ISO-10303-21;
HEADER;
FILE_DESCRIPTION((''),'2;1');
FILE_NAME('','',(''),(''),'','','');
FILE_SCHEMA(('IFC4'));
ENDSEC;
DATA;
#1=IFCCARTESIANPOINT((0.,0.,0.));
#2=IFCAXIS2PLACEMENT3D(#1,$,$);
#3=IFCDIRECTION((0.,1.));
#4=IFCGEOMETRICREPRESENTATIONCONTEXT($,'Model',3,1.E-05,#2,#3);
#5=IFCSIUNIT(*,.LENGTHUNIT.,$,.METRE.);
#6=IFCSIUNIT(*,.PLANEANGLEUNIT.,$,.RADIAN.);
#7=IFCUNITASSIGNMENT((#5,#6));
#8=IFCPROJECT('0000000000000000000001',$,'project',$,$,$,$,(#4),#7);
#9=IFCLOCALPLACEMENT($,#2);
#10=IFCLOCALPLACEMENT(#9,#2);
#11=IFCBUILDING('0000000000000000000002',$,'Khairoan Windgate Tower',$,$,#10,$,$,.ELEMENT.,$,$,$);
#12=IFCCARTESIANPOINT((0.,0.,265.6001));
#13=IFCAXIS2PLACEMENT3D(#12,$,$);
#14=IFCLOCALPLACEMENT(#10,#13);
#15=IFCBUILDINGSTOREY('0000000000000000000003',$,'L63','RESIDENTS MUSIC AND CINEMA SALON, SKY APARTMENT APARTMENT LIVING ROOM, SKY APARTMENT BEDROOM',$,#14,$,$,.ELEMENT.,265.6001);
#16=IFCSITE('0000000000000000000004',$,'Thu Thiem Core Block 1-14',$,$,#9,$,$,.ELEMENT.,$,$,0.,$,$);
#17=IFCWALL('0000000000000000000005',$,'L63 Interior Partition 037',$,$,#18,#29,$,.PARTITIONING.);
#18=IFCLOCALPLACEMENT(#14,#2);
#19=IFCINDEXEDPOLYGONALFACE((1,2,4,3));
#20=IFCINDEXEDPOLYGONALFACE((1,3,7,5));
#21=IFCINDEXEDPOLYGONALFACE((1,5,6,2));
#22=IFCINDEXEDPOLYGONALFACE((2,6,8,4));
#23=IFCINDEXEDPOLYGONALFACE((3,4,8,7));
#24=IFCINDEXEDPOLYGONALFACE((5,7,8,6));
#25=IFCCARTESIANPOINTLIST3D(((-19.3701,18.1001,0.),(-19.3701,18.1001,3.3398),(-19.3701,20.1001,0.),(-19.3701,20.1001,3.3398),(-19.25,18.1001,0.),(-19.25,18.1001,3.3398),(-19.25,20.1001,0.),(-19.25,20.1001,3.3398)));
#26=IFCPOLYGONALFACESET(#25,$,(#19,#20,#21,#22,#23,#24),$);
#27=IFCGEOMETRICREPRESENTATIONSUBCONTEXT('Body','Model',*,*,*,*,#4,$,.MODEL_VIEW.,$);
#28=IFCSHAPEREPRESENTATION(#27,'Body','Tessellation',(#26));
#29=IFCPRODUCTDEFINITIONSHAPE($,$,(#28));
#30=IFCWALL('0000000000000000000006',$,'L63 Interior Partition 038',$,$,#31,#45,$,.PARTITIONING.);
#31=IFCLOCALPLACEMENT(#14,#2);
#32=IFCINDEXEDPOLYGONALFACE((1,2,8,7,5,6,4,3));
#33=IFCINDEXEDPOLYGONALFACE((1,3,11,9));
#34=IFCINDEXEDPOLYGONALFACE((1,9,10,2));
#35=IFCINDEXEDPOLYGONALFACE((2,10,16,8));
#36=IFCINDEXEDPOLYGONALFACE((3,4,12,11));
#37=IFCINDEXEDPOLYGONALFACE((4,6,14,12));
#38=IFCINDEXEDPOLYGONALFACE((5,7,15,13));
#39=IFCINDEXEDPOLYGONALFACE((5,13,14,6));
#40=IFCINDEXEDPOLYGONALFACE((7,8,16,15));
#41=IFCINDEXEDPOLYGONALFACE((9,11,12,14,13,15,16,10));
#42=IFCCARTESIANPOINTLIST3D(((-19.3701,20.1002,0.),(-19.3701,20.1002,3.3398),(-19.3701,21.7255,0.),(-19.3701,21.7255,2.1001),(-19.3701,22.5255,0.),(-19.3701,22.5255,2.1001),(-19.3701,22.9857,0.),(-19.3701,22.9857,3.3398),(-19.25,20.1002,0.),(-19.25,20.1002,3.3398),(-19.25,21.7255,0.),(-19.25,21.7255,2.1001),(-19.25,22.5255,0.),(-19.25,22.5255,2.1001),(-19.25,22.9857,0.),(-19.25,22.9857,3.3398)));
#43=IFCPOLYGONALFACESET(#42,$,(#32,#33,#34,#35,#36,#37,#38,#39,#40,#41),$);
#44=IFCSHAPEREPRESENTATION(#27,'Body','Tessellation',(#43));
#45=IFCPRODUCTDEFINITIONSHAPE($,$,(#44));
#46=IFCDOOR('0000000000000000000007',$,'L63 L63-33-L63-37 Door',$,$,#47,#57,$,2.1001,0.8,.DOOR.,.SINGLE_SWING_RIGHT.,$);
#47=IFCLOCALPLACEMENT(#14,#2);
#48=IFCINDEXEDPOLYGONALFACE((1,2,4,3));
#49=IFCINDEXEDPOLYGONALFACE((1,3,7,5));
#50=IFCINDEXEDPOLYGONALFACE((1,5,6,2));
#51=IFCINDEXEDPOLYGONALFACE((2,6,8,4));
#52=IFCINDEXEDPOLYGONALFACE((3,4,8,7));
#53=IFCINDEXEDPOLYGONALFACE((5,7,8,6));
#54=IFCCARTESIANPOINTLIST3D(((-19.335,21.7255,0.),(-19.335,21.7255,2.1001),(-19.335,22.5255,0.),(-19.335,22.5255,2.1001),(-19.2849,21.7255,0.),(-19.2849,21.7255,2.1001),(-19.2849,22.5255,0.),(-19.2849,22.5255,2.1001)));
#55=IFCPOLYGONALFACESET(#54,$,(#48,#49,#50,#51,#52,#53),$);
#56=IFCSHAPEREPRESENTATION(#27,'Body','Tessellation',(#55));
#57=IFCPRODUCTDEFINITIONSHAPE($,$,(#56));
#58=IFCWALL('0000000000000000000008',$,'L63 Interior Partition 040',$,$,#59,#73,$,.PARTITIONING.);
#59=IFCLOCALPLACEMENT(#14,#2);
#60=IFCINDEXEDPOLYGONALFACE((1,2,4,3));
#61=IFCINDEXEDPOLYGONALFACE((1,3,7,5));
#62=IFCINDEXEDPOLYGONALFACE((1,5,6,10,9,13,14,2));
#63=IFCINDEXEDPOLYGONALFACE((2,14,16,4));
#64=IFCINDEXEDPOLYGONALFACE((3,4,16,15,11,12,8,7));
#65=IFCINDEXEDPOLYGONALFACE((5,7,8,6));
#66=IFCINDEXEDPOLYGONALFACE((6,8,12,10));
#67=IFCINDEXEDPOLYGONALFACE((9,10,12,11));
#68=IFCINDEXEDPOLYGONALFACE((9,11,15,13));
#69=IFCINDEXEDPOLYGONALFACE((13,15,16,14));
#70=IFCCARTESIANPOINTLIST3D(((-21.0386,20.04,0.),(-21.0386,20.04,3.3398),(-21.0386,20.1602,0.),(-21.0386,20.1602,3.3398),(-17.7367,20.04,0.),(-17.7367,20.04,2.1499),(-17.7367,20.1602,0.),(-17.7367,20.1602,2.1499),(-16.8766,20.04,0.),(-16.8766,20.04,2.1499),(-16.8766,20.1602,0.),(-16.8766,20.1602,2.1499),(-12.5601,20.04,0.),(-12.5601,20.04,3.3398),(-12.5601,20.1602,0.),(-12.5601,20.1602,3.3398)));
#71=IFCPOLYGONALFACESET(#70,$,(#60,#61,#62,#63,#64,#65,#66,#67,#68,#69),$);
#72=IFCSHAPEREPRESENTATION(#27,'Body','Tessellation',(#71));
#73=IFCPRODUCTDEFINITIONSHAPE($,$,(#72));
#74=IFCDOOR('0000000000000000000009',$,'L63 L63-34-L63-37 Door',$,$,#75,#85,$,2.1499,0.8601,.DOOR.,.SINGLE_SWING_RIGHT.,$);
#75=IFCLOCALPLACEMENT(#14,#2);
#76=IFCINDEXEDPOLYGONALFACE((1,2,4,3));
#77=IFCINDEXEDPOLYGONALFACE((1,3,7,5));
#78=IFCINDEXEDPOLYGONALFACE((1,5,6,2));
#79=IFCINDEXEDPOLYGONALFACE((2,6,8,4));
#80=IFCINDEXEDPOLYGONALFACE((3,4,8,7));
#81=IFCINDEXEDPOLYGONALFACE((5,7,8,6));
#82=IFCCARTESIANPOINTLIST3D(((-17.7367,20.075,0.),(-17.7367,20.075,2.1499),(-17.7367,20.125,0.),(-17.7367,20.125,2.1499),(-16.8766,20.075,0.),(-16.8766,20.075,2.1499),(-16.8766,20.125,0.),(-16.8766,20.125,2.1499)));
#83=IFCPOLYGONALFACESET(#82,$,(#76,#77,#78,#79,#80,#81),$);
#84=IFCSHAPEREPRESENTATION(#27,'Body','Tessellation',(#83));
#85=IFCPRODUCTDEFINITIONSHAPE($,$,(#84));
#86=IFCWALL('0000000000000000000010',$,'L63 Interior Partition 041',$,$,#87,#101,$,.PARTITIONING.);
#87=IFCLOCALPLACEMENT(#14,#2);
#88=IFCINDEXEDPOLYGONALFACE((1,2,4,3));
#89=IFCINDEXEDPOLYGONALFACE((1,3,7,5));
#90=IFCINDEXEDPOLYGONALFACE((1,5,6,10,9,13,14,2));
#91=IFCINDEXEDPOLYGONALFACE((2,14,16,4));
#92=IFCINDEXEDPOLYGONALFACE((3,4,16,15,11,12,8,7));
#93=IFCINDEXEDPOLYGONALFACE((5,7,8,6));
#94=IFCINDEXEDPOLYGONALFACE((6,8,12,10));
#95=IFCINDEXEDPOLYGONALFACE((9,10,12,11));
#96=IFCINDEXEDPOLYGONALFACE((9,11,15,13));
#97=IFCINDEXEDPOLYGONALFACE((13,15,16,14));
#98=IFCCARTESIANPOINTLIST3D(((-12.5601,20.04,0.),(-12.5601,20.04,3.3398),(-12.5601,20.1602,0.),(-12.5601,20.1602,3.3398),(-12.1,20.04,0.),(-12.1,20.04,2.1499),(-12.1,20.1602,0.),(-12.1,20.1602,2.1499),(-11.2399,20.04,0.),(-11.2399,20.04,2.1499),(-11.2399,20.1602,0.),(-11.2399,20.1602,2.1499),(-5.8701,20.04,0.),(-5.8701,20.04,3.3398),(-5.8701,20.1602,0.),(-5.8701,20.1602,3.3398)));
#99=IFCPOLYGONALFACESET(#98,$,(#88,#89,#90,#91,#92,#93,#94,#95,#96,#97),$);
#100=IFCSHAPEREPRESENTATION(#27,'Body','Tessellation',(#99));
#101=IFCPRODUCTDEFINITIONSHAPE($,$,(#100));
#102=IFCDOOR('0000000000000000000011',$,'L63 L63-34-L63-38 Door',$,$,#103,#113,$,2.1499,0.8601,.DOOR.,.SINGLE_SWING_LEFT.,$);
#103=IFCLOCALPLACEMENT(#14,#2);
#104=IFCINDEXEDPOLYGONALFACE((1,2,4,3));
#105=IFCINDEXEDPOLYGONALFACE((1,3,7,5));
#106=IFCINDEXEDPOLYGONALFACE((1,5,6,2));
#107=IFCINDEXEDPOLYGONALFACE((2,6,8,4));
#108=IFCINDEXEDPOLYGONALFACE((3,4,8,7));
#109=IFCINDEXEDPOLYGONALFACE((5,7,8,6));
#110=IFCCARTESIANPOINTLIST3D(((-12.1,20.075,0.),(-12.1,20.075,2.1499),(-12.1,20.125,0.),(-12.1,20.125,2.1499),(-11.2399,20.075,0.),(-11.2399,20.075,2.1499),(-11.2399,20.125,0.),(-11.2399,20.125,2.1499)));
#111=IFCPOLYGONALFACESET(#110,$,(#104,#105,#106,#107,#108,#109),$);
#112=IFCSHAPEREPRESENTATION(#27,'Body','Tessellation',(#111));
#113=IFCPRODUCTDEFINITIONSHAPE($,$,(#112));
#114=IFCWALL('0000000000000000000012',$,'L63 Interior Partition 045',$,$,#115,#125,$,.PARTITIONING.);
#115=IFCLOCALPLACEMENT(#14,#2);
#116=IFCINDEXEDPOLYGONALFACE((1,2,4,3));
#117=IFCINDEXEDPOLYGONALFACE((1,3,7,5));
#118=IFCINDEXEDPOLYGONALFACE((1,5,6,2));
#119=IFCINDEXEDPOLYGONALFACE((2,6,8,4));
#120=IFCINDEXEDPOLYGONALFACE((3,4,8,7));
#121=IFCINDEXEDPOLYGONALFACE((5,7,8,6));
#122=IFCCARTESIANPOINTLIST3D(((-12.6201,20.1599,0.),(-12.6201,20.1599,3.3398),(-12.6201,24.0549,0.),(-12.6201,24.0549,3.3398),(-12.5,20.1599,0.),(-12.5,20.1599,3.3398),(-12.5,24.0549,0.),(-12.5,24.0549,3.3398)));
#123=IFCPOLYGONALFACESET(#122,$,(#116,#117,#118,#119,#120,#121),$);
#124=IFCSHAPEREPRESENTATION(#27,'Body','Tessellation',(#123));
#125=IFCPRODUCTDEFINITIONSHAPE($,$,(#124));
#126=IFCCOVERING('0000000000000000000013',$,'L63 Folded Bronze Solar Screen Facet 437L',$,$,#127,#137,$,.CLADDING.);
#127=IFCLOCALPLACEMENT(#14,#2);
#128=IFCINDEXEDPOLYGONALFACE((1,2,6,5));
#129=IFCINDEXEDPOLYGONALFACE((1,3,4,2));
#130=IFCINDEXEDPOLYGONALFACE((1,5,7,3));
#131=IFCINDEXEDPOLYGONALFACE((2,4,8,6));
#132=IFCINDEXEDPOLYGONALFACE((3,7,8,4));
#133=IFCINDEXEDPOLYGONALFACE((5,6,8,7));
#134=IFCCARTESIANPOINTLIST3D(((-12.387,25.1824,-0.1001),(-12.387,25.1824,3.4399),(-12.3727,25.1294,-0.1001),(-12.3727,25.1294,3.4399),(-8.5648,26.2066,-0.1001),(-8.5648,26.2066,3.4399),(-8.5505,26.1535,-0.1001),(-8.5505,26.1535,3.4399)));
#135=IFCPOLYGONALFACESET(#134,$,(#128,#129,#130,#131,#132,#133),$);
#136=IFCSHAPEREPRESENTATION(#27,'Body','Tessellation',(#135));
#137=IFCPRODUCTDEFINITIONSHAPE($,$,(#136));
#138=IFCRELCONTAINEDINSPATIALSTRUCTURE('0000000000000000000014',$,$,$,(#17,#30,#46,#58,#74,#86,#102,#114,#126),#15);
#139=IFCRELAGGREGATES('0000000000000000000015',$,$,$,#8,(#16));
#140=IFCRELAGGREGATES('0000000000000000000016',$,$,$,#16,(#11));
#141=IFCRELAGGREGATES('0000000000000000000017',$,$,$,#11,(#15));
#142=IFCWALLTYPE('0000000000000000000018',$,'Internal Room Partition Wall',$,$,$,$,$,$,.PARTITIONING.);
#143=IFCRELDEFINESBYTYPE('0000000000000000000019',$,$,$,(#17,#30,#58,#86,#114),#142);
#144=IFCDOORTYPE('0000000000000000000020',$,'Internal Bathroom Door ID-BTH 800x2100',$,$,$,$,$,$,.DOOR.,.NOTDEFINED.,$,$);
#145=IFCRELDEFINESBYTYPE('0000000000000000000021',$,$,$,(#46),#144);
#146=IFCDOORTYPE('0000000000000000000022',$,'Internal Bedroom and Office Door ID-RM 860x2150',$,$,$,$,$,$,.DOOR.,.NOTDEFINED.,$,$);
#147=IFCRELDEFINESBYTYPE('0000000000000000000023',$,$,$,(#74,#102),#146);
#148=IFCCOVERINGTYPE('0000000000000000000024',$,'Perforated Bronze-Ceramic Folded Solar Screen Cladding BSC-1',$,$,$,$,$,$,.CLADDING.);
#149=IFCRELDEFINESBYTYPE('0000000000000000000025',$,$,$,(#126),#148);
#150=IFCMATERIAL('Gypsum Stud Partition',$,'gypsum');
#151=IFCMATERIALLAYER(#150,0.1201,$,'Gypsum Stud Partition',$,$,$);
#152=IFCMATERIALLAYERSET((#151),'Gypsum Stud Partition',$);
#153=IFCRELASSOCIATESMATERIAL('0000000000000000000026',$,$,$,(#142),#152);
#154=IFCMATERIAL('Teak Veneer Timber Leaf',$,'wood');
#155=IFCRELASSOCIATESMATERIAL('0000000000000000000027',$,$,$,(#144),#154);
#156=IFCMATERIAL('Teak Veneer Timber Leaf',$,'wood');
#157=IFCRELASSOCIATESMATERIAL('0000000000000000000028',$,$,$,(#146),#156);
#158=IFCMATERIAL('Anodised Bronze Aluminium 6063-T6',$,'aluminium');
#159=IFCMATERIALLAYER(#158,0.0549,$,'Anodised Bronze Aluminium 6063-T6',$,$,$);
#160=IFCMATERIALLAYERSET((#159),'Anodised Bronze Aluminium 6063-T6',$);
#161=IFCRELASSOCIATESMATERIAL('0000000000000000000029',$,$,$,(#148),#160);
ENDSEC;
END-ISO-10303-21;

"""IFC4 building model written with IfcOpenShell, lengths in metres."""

from ifc_helpers import new_model, si_unit, direction, frame, frame_2d, origin, origin_2d, place, context, subcontext, project, spatial, rectangle, extrude, material, layer, layer_set, type_object, element, fill, save


model = new_model("IFC4")

# Units and contexts
model_context = context("Model", 3, precision=1e-05, world=origin(), true_north=direction((0.0, 1.0)))
body_context = subcontext(model_context, "Body", "Model", "MODEL_VIEW")
ifc_project = project(units=[si_unit("LENGTHUNIT", "METRE"), si_unit("PLANEANGLEUNIT", "RADIAN")], contexts=[model_context])

# Site, building, storey
site_placement = place(None, origin())
site = spatial("IfcSite", under=ifc_project, at=site_placement, Name="Thu Thiem Core Block 1-14", CompositionType="ELEMENT", RefElevation=0.0)
building_placement = place(site_placement, origin())
building = spatial("IfcBuilding", under=site, at=building_placement, Name="Khairoan Windgate Tower", CompositionType="ELEMENT")
storey_placement = place(building_placement, frame((0.0, 0.0, 265.6001)))
storey = spatial("IfcBuildingStorey", under=building, at=storey_placement, Name="L63", Description="RESIDENTS MUSIC AND CINEMA SALON, SKY APARTMENT APARTMENT LIVING ROOM, SKY APARTMENT BEDROOM", CompositionType="ELEMENT", Elevation=265.6001)

# Wall
ifc_material_1 = material(Name="Gypsum Stud Partition", Category="gypsum")
ifc_layer_1 = layer(ifc_material_1, 0.1201, Name="Gypsum Stud Partition")
ifc_layer_set_1 = layer_set([ifc_layer_1], Name="Gypsum Stud Partition")
wall_type_1 = type_object("IfcWallType", Name="Internal Room Partition Wall", PredefinedType="PARTITIONING", material=ifc_layer_set_1)
wall_1_placement = place(storey_placement, frame((-19.3101, 18.1001, 0.0), z_axis=(0.0, 0.0, 1.0), x_axis=(0.0, 1.0, 0.0)))
element("IfcWall", 1, at=wall_1_placement, inside=storey, type_object=wall_type_1, Name="L63 Interior Partition 037", PredefinedType="PARTITIONING", context=body_context, shape_type="SweptSolid", body=[
    extrude(rectangle(XDim=2.0, YDim=0.1201, at=frame_2d((1.0, 0.0))), origin(), (0.0, 0.0, 1.0), 3.3398),
])

# Walls, openings, doors
wall_2_placement = place(storey_placement, frame((-19.3101, 20.1001, 0.0), z_axis=(0.0, 0.0, 1.0), x_axis=(0.0, 1.0, 0.0)))
wall_2 = element("IfcWall", 2, at=wall_2_placement, inside=storey, type_object=wall_type_1, Name="L63 Interior Partition 038", PredefinedType="PARTITIONING", context=body_context, shape_type="SweptSolid", body=[
    extrude(rectangle(XDim=2.8855, YDim=0.1201, at=frame_2d((1.4429, 0.0))), origin(), (0.0, 0.0, 1.0), 3.3398),
])
opening_1_placement = place(wall_2_placement, frame((1.6255, 0.0, 0.0)))
opening_1 = element("IfcOpeningElement", 3, at=opening_1_placement, cuts=wall_2, PredefinedType="OPENING", context=body_context, shape_type="SweptSolid", body=[
    extrude(rectangle(XDim=0.8, YDim=2.1001, at=frame_2d((0.3999, 1.05))), frame((0.0, 0.0701, 0.0), z_axis=(0.0, -1.0, 0.0), x_axis=(1.0, 0.0, 0.0)), (0.0, 0.0, 1.0), 0.1401),
])
ifc_material_2 = material(Name="Teak Veneer Timber Leaf", Category="wood")
door_type_1 = type_object("IfcDoorType", Name="Internal Bathroom Door ID-BTH 800x2100", OperationType="NOTDEFINED", PredefinedType="DOOR", material=ifc_material_2)
door_1_placement = place(opening_1_placement, origin())
door_1 = element("IfcDoor", 4, at=door_1_placement, inside=storey, type_object=door_type_1, Name="L63 L63-33-L63-37 Door", OperationType="SINGLE_SWING_RIGHT", OverallHeight=2.1001, OverallWidth=0.8, PredefinedType="DOOR", context=body_context, shape_type="SweptSolid", body=[
    extrude(rectangle(XDim=0.8, YDim=2.1001, at=frame_2d((0.3999, 1.05))), frame((0.0, 0.0249, 0.0), z_axis=(0.0, -1.0, 0.0), x_axis=(1.0, 0.0, 0.0)), (0.0, 0.0, 1.0), 0.05),
])
fill(opening_1, door_1)
wall_3_placement = place(storey_placement, frame((-21.0386, 20.1001, 0.0), z_axis=(0.0, 0.0, 1.0), x_axis=(1.0, 0.0, 0.0)))
wall_3 = element("IfcWall", 5, at=wall_3_placement, inside=storey, type_object=wall_type_1, Name="L63 Interior Partition 040", PredefinedType="PARTITIONING", context=body_context, shape_type="SweptSolid", body=[
    extrude(rectangle(XDim=8.4785, YDim=0.1201, at=frame_2d((4.2393, 0.0))), origin(), (0.0, 0.0, 1.0), 3.3398),
])
opening_2_placement = place(wall_3_placement, frame((3.3018, 0.0, 0.0)))
opening_2 = element("IfcOpeningElement", 6, at=opening_2_placement, cuts=wall_3, PredefinedType="OPENING", context=body_context, shape_type="SweptSolid", body=[
    extrude(rectangle(XDim=0.8601, YDim=2.1499, at=frame_2d((0.4302, 1.075))), frame((0.0, 0.0701, 0.0), z_axis=(0.0, -1.0, 0.0), x_axis=(1.0, 0.0, 0.0)), (0.0, 0.0, 1.0), 0.1401),
])
ifc_material_3 = material(Name="Teak Veneer Timber Leaf", Category="wood")
door_type_2 = type_object("IfcDoorType", Name="Internal Bedroom and Office Door ID-RM 860x2150", OperationType="NOTDEFINED", PredefinedType="DOOR", material=ifc_material_3)
door_2_placement = place(opening_2_placement, origin())
door_2 = element("IfcDoor", 7, at=door_2_placement, inside=storey, type_object=door_type_2, Name="L63 L63-34-L63-37 Door", OperationType="SINGLE_SWING_RIGHT", OverallHeight=2.1499, OverallWidth=0.8601, PredefinedType="DOOR", context=body_context, shape_type="SweptSolid", body=[
    extrude(rectangle(XDim=0.8601, YDim=2.1499, at=frame_2d((0.4302, 1.075))), frame((0.0, 0.0249, 0.0), z_axis=(0.0, -1.0, 0.0), x_axis=(1.0, 0.0, 0.0)), (0.0, 0.0, 1.0), 0.05),
])
fill(opening_2, door_2)
wall_4_placement = place(storey_placement, frame((-12.5601, 20.1001, 0.0), z_axis=(0.0, 0.0, 1.0), x_axis=(1.0, 0.0, 0.0)))
wall_4 = element("IfcWall", 8, at=wall_4_placement, inside=storey, type_object=wall_type_1, Name="L63 Interior Partition 041", PredefinedType="PARTITIONING", context=body_context, shape_type="SweptSolid", body=[
    extrude(rectangle(XDim=6.6899, YDim=0.1201, at=frame_2d((3.345, 0.0))), origin(), (0.0, 0.0, 1.0), 3.3398),
])
opening_3_placement = place(wall_4_placement, frame((0.46, 0.0, 0.0)))
opening_3 = element("IfcOpeningElement", 9, at=opening_3_placement, cuts=wall_4, PredefinedType="OPENING", context=body_context, shape_type="SweptSolid", body=[
    extrude(rectangle(XDim=0.8601, YDim=2.1499, at=frame_2d((0.4302, 1.075))), frame((0.0, 0.0701, 0.0), z_axis=(0.0, -1.0, 0.0), x_axis=(1.0, 0.0, 0.0)), (0.0, 0.0, 1.0), 0.1401),
])
door_3_placement = place(opening_3_placement, origin())
door_3 = element("IfcDoor", 10, at=door_3_placement, inside=storey, type_object=door_type_2, Name="L63 L63-34-L63-38 Door", OperationType="SINGLE_SWING_LEFT", OverallHeight=2.1499, OverallWidth=0.8601, PredefinedType="DOOR", context=body_context, shape_type="SweptSolid", body=[
    extrude(rectangle(XDim=0.8601, YDim=2.1499, at=frame_2d((0.4302, 1.075))), frame((0.0, 0.0249, 0.0), z_axis=(0.0, -1.0, 0.0), x_axis=(1.0, 0.0, 0.0)), (0.0, 0.0, 1.0), 0.05),
])
fill(opening_3, door_3)

# Wall
wall_5_placement = place(storey_placement, frame((-12.5601, 20.1599, 0.0), z_axis=(0.0, 0.0, 1.0), x_axis=(0.0, 1.0, 0.0)))
element("IfcWall", 11, at=wall_5_placement, inside=storey, type_object=wall_type_1, Name="L63 Interior Partition 045", PredefinedType="PARTITIONING", context=body_context, shape_type="SweptSolid", body=[
    extrude(rectangle(XDim=3.895, YDim=0.1201, at=frame_2d((1.9475, 0.0))), origin(), (0.0, 0.0, 1.0), 3.3398),
])

# Covering
ifc_material_4 = material(Name="Anodised Bronze Aluminium 6063-T6", Category="aluminium")
ifc_layer_2 = layer(ifc_material_4, 0.0549, Name="Anodised Bronze Aluminium 6063-T6")
ifc_layer_set_2 = layer_set([ifc_layer_2], Name="Anodised Bronze Aluminium 6063-T6")
covering_type = type_object("IfcCoveringType", Name="Perforated Bronze-Ceramic Folded Solar Screen Cladding BSC-1", PredefinedType="CLADDING", material=ifc_layer_set_2)
covering_placement = place(storey_placement, frame((-10.4688, 25.668, -0.1001), z_axis=(0.0, 0.0, 1.0), x_axis=(0.965926, 0.258819, 0.0)))
element("IfcCovering", 12, at=covering_placement, inside=storey, type_object=covering_type, Name="L63 Folded Bronze Solar Screen Facet 437L", PredefinedType="CLADDING", context=body_context, shape_type="SweptSolid", body=[
    extrude(rectangle(XDim=3.957, YDim=0.0549, at=origin_2d()), origin(), (0.0, 0.0, 1.0), 3.54),
])

save(model, "model.ifc")
